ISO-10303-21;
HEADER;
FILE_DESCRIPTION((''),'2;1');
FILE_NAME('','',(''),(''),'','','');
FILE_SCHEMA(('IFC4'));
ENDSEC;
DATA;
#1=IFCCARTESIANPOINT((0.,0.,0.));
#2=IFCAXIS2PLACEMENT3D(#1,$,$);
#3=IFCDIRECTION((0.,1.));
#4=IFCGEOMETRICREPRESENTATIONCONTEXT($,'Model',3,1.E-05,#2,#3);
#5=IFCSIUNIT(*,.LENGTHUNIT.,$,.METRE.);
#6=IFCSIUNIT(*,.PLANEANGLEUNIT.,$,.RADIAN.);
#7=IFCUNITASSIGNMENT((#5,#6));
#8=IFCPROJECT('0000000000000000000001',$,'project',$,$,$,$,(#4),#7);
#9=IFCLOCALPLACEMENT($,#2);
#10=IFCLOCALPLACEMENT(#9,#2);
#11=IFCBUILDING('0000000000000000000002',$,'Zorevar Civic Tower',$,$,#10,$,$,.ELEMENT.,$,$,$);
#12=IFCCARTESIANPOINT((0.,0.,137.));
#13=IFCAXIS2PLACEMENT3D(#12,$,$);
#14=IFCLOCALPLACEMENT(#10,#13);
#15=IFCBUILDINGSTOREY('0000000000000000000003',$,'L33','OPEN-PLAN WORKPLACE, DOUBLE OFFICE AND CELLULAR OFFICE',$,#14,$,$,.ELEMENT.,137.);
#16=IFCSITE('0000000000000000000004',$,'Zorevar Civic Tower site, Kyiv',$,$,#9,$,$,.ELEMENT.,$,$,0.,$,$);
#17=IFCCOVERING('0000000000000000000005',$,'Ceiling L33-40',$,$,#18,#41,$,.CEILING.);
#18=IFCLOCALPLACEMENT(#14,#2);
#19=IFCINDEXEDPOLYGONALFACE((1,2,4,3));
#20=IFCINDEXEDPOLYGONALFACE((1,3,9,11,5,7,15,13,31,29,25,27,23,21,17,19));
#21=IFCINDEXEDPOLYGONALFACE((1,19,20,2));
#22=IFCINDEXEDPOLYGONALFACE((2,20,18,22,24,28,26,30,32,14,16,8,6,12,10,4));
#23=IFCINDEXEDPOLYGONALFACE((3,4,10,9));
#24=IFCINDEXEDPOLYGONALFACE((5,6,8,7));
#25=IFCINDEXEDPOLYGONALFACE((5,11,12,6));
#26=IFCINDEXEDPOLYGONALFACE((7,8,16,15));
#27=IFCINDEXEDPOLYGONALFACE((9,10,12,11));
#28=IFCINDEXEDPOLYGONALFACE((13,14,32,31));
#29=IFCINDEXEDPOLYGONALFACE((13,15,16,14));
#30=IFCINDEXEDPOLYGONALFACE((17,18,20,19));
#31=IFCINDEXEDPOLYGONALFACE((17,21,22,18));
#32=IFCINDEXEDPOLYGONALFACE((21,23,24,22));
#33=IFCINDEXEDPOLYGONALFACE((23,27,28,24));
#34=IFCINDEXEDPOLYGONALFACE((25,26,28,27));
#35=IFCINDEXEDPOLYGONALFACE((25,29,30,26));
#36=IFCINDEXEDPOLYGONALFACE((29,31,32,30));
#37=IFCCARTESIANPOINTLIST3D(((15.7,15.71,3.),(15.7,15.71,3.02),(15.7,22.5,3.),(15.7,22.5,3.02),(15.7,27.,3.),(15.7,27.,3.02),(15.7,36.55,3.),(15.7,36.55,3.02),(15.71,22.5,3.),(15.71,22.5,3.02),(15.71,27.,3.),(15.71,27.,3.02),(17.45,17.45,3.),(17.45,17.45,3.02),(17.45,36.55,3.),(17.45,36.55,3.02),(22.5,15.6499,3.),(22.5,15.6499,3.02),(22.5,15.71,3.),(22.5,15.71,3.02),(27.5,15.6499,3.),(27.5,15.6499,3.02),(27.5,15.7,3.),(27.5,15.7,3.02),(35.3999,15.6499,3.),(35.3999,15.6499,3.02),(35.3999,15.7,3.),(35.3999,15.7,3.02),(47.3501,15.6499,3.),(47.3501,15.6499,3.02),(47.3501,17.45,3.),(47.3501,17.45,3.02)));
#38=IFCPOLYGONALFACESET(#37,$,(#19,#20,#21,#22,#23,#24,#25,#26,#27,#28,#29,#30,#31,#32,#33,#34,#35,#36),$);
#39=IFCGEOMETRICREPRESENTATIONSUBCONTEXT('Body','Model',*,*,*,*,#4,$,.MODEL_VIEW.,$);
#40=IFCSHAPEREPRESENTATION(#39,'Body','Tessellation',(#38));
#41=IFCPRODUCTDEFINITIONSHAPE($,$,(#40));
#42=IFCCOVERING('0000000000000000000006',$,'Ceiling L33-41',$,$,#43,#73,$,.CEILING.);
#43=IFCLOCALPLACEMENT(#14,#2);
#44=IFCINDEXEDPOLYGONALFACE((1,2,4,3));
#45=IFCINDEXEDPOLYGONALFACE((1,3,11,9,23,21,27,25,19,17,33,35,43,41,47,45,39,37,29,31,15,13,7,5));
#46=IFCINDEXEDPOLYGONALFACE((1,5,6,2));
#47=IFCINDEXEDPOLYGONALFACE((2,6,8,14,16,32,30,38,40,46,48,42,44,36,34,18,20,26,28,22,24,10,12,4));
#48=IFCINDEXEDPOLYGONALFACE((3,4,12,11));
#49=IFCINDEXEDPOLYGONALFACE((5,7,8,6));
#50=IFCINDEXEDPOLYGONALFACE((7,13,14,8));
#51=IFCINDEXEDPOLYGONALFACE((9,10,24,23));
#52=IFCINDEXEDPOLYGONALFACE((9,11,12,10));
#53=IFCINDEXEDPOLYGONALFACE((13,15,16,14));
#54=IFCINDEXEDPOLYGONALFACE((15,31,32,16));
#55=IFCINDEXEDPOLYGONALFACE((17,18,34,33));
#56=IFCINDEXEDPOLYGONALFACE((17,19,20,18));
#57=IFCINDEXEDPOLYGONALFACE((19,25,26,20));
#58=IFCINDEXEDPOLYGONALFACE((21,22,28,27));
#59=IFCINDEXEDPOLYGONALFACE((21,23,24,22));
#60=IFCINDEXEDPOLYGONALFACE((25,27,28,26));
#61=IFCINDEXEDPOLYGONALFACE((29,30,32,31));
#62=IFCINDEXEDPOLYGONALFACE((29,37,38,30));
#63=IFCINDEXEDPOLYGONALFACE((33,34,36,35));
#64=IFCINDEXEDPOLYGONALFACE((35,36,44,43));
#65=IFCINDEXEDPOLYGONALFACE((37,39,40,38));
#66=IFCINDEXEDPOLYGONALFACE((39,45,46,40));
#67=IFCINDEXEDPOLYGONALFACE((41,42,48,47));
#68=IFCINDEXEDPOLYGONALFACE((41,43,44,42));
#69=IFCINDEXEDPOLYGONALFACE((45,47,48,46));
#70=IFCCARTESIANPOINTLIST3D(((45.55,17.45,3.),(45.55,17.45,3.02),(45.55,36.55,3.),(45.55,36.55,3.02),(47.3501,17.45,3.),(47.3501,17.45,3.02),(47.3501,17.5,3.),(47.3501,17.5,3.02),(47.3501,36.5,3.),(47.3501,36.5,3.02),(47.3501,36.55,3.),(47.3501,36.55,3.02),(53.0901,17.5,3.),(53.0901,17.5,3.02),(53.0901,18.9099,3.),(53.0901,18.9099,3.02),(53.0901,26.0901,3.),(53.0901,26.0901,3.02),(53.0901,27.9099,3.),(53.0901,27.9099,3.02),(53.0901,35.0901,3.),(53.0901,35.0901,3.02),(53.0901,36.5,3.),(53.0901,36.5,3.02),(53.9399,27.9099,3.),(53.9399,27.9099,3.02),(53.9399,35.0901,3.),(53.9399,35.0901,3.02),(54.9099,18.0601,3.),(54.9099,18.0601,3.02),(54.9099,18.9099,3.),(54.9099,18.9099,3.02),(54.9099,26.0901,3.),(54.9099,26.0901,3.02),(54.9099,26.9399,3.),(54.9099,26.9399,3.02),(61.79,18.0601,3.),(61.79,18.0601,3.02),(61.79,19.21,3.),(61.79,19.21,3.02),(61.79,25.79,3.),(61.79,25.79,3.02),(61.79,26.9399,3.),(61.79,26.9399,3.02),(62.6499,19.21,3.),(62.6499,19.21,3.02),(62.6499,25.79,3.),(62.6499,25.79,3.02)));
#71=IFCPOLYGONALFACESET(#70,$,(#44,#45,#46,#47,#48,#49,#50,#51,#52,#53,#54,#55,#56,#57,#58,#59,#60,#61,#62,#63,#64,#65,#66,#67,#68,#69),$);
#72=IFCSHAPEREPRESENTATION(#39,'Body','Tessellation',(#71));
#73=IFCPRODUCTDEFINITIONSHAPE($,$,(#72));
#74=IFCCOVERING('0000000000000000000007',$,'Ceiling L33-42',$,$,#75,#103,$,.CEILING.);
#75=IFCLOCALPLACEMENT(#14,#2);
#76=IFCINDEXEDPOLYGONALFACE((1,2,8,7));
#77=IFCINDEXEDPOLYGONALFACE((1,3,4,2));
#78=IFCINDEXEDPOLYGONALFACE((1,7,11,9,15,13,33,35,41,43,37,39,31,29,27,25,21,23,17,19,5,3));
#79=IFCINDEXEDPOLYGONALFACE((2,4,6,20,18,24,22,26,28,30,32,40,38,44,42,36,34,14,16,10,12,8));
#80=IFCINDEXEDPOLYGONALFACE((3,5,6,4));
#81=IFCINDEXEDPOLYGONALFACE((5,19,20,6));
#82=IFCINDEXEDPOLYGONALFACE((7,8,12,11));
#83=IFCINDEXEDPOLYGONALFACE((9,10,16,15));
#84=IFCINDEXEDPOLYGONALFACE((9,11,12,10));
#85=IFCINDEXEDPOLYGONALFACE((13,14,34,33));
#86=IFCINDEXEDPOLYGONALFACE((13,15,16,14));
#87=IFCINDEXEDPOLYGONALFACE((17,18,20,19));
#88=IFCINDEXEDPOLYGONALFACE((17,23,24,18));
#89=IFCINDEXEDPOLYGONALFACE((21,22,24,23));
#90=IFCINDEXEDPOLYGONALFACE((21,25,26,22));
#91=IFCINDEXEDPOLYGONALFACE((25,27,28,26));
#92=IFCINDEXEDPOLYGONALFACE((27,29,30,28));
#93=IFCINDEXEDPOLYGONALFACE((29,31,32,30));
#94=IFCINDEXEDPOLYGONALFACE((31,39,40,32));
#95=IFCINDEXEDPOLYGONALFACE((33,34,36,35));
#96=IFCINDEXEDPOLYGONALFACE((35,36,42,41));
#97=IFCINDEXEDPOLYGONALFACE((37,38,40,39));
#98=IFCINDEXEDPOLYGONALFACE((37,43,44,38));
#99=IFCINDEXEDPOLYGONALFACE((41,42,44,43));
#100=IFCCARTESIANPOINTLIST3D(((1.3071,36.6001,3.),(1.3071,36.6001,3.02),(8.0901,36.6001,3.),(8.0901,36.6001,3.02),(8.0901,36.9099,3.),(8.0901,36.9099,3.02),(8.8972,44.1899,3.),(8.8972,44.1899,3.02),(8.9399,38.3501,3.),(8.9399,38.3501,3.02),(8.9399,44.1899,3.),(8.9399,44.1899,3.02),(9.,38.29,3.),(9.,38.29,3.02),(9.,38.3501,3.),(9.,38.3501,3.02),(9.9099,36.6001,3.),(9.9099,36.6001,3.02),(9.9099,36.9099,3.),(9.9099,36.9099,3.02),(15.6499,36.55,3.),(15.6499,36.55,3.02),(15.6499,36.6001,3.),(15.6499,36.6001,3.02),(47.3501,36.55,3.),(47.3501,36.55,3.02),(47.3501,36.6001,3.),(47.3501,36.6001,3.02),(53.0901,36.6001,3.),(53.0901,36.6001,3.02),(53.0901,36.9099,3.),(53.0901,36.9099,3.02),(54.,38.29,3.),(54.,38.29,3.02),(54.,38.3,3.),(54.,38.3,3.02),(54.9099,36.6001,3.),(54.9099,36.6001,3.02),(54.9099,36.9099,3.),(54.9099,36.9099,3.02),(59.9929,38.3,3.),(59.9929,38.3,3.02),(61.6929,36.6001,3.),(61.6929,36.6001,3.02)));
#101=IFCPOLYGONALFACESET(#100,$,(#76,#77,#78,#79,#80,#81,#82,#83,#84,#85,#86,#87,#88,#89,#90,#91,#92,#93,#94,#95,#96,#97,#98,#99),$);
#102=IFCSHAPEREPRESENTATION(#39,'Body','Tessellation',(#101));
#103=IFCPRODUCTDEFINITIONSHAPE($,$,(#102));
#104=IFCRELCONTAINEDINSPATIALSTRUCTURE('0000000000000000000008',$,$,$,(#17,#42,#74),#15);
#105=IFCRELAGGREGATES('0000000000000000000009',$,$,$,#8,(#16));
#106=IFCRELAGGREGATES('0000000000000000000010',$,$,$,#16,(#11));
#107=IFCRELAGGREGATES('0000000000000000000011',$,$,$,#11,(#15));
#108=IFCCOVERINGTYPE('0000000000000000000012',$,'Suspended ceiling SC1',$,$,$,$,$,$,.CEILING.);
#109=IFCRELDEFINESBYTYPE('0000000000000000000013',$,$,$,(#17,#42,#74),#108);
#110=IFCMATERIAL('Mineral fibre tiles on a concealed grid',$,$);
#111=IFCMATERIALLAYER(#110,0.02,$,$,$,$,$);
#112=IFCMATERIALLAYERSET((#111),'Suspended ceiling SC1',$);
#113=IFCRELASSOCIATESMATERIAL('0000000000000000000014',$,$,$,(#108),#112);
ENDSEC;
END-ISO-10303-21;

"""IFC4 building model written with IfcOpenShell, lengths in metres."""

from ifc_helpers import new_model, si_unit, direction, frame, origin, place, context, subcontext, project, spatial, polyline, outline, extrude, material, layer, layer_set, type_object, element, save


model = new_model("IFC4")

# Units and contexts
model_context = context("Model", 3, precision=1e-05, world=origin(), true_north=direction((0.0, 1.0)))
body_context = subcontext(model_context, "Body", "Model", "MODEL_VIEW")
ifc_project = project(units=[si_unit("LENGTHUNIT", "METRE"), si_unit("PLANEANGLEUNIT", "RADIAN")], contexts=[model_context])

# Site, building, storey
site_placement = place(None, origin())
site = spatial("IfcSite", under=ifc_project, at=site_placement, Name="Zorevar Civic Tower site, Kyiv", CompositionType="ELEMENT", RefElevation=0.0)
building_placement = place(site_placement, origin())
building = spatial("IfcBuilding", under=site, at=building_placement, Name="Zorevar Civic Tower", CompositionType="ELEMENT")
storey_placement = place(building_placement, frame((0.0, 0.0, 137.0)))
storey = spatial("IfcBuildingStorey", under=building, at=storey_placement, Name="L33", Description="OPEN-PLAN WORKPLACE, DOUBLE OFFICE AND CELLULAR OFFICE", CompositionType="ELEMENT", Elevation=137.0)

# Coverings
ifc_material_1 = material(Name="Mineral fibre tiles on a concealed grid")
ifc_layer_1 = layer(ifc_material_1, 0.02)
ifc_layer_set_1 = layer_set([ifc_layer_1], Name="Suspended ceiling SC1")
covering_type_1 = type_object("IfcCoveringType", Name="Suspended ceiling SC1", PredefinedType="CEILING", material=ifc_layer_set_1)
covering_1_placement = place(storey_placement, frame((0.0, 0.0, 3.0)))
element("IfcCovering", 1, at=covering_1_placement, inside=storey, type_object=covering_type_1, Name="Ceiling L33-40", PredefinedType="CEILING", context=body_context, shape_type="SweptSolid", body=[
    extrude(outline(polyline([(35.3999, 15.6499), (35.3999, 15.7), (27.5, 15.7), (27.5, 15.6499), (22.5, 15.6499), (22.5, 15.71), (15.7, 15.71), (15.7, 22.5), (15.71, 22.5), (15.71, 27.0), (15.7, 27.0), (15.7, 36.55), (17.45, 36.55), (17.45, 17.45), (47.3501, 17.45), (47.3501, 15.6499), (35.3999, 15.6499)])), origin(), (0.0, 0.0, 1.0), 0.02),
])
covering_2_placement = place(storey_placement, frame((0.0, 0.0, 3.0)))
element("IfcCovering", 2, at=covering_2_placement, inside=storey, type_object=covering_type_1, Name="Ceiling L33-41", PredefinedType="CEILING", context=body_context, shape_type="SweptSolid", body=[
    extrude(outline(polyline([(62.6499, 19.21), (61.79, 19.21), (61.79, 18.0601), (54.9099, 18.0601), (54.9099, 18.9099), (53.0901, 18.9099), (53.0901, 17.5), (47.3501, 17.5), (47.3501, 17.45), (45.55, 17.45), (45.55, 36.55), (47.3501, 36.55), (47.3501, 36.5), (53.0901, 36.5), (53.0901, 35.0901), (53.9399, 35.0901), (53.9399, 27.9099), (53.0901, 27.9099), (53.0901, 26.0901), (54.9099, 26.0901), (54.9099, 26.9399), (61.79, 26.9399), (61.79, 25.79), (62.6499, 25.79), (62.6499, 19.21)])), origin(), (0.0, 0.0, 1.0), 0.02),
])
covering_3_placement = place(storey_placement, frame((0.0, 0.0, 3.0)))
element("IfcCovering", 3, at=covering_3_placement, inside=storey, type_object=covering_type_1, Name="Ceiling L33-42", PredefinedType="CEILING", context=body_context, shape_type="SweptSolid", body=[
    extrude(outline(polyline([(8.9399, 44.1899), (8.9399, 38.3501), (9.0, 38.3501), (9.0, 38.29), (54.0, 38.29), (54.0, 38.3), (59.9929, 38.3), (61.6929, 36.6001), (54.9099, 36.6001), (54.9099, 36.9099), (53.0901, 36.9099), (53.0901, 36.6001), (47.3501, 36.6001), (47.3501, 36.55), (15.6499, 36.55), (15.6499, 36.6001), (9.9099, 36.6001), (9.9099, 36.9099), (8.0901, 36.9099), (8.0901, 36.6001), (1.3071, 36.6001), (8.8972, 44.1899), (8.9399, 44.1899)])), origin(), (0.0, 0.0, 1.0), 0.02),
])

save(model, "model.ifc")
